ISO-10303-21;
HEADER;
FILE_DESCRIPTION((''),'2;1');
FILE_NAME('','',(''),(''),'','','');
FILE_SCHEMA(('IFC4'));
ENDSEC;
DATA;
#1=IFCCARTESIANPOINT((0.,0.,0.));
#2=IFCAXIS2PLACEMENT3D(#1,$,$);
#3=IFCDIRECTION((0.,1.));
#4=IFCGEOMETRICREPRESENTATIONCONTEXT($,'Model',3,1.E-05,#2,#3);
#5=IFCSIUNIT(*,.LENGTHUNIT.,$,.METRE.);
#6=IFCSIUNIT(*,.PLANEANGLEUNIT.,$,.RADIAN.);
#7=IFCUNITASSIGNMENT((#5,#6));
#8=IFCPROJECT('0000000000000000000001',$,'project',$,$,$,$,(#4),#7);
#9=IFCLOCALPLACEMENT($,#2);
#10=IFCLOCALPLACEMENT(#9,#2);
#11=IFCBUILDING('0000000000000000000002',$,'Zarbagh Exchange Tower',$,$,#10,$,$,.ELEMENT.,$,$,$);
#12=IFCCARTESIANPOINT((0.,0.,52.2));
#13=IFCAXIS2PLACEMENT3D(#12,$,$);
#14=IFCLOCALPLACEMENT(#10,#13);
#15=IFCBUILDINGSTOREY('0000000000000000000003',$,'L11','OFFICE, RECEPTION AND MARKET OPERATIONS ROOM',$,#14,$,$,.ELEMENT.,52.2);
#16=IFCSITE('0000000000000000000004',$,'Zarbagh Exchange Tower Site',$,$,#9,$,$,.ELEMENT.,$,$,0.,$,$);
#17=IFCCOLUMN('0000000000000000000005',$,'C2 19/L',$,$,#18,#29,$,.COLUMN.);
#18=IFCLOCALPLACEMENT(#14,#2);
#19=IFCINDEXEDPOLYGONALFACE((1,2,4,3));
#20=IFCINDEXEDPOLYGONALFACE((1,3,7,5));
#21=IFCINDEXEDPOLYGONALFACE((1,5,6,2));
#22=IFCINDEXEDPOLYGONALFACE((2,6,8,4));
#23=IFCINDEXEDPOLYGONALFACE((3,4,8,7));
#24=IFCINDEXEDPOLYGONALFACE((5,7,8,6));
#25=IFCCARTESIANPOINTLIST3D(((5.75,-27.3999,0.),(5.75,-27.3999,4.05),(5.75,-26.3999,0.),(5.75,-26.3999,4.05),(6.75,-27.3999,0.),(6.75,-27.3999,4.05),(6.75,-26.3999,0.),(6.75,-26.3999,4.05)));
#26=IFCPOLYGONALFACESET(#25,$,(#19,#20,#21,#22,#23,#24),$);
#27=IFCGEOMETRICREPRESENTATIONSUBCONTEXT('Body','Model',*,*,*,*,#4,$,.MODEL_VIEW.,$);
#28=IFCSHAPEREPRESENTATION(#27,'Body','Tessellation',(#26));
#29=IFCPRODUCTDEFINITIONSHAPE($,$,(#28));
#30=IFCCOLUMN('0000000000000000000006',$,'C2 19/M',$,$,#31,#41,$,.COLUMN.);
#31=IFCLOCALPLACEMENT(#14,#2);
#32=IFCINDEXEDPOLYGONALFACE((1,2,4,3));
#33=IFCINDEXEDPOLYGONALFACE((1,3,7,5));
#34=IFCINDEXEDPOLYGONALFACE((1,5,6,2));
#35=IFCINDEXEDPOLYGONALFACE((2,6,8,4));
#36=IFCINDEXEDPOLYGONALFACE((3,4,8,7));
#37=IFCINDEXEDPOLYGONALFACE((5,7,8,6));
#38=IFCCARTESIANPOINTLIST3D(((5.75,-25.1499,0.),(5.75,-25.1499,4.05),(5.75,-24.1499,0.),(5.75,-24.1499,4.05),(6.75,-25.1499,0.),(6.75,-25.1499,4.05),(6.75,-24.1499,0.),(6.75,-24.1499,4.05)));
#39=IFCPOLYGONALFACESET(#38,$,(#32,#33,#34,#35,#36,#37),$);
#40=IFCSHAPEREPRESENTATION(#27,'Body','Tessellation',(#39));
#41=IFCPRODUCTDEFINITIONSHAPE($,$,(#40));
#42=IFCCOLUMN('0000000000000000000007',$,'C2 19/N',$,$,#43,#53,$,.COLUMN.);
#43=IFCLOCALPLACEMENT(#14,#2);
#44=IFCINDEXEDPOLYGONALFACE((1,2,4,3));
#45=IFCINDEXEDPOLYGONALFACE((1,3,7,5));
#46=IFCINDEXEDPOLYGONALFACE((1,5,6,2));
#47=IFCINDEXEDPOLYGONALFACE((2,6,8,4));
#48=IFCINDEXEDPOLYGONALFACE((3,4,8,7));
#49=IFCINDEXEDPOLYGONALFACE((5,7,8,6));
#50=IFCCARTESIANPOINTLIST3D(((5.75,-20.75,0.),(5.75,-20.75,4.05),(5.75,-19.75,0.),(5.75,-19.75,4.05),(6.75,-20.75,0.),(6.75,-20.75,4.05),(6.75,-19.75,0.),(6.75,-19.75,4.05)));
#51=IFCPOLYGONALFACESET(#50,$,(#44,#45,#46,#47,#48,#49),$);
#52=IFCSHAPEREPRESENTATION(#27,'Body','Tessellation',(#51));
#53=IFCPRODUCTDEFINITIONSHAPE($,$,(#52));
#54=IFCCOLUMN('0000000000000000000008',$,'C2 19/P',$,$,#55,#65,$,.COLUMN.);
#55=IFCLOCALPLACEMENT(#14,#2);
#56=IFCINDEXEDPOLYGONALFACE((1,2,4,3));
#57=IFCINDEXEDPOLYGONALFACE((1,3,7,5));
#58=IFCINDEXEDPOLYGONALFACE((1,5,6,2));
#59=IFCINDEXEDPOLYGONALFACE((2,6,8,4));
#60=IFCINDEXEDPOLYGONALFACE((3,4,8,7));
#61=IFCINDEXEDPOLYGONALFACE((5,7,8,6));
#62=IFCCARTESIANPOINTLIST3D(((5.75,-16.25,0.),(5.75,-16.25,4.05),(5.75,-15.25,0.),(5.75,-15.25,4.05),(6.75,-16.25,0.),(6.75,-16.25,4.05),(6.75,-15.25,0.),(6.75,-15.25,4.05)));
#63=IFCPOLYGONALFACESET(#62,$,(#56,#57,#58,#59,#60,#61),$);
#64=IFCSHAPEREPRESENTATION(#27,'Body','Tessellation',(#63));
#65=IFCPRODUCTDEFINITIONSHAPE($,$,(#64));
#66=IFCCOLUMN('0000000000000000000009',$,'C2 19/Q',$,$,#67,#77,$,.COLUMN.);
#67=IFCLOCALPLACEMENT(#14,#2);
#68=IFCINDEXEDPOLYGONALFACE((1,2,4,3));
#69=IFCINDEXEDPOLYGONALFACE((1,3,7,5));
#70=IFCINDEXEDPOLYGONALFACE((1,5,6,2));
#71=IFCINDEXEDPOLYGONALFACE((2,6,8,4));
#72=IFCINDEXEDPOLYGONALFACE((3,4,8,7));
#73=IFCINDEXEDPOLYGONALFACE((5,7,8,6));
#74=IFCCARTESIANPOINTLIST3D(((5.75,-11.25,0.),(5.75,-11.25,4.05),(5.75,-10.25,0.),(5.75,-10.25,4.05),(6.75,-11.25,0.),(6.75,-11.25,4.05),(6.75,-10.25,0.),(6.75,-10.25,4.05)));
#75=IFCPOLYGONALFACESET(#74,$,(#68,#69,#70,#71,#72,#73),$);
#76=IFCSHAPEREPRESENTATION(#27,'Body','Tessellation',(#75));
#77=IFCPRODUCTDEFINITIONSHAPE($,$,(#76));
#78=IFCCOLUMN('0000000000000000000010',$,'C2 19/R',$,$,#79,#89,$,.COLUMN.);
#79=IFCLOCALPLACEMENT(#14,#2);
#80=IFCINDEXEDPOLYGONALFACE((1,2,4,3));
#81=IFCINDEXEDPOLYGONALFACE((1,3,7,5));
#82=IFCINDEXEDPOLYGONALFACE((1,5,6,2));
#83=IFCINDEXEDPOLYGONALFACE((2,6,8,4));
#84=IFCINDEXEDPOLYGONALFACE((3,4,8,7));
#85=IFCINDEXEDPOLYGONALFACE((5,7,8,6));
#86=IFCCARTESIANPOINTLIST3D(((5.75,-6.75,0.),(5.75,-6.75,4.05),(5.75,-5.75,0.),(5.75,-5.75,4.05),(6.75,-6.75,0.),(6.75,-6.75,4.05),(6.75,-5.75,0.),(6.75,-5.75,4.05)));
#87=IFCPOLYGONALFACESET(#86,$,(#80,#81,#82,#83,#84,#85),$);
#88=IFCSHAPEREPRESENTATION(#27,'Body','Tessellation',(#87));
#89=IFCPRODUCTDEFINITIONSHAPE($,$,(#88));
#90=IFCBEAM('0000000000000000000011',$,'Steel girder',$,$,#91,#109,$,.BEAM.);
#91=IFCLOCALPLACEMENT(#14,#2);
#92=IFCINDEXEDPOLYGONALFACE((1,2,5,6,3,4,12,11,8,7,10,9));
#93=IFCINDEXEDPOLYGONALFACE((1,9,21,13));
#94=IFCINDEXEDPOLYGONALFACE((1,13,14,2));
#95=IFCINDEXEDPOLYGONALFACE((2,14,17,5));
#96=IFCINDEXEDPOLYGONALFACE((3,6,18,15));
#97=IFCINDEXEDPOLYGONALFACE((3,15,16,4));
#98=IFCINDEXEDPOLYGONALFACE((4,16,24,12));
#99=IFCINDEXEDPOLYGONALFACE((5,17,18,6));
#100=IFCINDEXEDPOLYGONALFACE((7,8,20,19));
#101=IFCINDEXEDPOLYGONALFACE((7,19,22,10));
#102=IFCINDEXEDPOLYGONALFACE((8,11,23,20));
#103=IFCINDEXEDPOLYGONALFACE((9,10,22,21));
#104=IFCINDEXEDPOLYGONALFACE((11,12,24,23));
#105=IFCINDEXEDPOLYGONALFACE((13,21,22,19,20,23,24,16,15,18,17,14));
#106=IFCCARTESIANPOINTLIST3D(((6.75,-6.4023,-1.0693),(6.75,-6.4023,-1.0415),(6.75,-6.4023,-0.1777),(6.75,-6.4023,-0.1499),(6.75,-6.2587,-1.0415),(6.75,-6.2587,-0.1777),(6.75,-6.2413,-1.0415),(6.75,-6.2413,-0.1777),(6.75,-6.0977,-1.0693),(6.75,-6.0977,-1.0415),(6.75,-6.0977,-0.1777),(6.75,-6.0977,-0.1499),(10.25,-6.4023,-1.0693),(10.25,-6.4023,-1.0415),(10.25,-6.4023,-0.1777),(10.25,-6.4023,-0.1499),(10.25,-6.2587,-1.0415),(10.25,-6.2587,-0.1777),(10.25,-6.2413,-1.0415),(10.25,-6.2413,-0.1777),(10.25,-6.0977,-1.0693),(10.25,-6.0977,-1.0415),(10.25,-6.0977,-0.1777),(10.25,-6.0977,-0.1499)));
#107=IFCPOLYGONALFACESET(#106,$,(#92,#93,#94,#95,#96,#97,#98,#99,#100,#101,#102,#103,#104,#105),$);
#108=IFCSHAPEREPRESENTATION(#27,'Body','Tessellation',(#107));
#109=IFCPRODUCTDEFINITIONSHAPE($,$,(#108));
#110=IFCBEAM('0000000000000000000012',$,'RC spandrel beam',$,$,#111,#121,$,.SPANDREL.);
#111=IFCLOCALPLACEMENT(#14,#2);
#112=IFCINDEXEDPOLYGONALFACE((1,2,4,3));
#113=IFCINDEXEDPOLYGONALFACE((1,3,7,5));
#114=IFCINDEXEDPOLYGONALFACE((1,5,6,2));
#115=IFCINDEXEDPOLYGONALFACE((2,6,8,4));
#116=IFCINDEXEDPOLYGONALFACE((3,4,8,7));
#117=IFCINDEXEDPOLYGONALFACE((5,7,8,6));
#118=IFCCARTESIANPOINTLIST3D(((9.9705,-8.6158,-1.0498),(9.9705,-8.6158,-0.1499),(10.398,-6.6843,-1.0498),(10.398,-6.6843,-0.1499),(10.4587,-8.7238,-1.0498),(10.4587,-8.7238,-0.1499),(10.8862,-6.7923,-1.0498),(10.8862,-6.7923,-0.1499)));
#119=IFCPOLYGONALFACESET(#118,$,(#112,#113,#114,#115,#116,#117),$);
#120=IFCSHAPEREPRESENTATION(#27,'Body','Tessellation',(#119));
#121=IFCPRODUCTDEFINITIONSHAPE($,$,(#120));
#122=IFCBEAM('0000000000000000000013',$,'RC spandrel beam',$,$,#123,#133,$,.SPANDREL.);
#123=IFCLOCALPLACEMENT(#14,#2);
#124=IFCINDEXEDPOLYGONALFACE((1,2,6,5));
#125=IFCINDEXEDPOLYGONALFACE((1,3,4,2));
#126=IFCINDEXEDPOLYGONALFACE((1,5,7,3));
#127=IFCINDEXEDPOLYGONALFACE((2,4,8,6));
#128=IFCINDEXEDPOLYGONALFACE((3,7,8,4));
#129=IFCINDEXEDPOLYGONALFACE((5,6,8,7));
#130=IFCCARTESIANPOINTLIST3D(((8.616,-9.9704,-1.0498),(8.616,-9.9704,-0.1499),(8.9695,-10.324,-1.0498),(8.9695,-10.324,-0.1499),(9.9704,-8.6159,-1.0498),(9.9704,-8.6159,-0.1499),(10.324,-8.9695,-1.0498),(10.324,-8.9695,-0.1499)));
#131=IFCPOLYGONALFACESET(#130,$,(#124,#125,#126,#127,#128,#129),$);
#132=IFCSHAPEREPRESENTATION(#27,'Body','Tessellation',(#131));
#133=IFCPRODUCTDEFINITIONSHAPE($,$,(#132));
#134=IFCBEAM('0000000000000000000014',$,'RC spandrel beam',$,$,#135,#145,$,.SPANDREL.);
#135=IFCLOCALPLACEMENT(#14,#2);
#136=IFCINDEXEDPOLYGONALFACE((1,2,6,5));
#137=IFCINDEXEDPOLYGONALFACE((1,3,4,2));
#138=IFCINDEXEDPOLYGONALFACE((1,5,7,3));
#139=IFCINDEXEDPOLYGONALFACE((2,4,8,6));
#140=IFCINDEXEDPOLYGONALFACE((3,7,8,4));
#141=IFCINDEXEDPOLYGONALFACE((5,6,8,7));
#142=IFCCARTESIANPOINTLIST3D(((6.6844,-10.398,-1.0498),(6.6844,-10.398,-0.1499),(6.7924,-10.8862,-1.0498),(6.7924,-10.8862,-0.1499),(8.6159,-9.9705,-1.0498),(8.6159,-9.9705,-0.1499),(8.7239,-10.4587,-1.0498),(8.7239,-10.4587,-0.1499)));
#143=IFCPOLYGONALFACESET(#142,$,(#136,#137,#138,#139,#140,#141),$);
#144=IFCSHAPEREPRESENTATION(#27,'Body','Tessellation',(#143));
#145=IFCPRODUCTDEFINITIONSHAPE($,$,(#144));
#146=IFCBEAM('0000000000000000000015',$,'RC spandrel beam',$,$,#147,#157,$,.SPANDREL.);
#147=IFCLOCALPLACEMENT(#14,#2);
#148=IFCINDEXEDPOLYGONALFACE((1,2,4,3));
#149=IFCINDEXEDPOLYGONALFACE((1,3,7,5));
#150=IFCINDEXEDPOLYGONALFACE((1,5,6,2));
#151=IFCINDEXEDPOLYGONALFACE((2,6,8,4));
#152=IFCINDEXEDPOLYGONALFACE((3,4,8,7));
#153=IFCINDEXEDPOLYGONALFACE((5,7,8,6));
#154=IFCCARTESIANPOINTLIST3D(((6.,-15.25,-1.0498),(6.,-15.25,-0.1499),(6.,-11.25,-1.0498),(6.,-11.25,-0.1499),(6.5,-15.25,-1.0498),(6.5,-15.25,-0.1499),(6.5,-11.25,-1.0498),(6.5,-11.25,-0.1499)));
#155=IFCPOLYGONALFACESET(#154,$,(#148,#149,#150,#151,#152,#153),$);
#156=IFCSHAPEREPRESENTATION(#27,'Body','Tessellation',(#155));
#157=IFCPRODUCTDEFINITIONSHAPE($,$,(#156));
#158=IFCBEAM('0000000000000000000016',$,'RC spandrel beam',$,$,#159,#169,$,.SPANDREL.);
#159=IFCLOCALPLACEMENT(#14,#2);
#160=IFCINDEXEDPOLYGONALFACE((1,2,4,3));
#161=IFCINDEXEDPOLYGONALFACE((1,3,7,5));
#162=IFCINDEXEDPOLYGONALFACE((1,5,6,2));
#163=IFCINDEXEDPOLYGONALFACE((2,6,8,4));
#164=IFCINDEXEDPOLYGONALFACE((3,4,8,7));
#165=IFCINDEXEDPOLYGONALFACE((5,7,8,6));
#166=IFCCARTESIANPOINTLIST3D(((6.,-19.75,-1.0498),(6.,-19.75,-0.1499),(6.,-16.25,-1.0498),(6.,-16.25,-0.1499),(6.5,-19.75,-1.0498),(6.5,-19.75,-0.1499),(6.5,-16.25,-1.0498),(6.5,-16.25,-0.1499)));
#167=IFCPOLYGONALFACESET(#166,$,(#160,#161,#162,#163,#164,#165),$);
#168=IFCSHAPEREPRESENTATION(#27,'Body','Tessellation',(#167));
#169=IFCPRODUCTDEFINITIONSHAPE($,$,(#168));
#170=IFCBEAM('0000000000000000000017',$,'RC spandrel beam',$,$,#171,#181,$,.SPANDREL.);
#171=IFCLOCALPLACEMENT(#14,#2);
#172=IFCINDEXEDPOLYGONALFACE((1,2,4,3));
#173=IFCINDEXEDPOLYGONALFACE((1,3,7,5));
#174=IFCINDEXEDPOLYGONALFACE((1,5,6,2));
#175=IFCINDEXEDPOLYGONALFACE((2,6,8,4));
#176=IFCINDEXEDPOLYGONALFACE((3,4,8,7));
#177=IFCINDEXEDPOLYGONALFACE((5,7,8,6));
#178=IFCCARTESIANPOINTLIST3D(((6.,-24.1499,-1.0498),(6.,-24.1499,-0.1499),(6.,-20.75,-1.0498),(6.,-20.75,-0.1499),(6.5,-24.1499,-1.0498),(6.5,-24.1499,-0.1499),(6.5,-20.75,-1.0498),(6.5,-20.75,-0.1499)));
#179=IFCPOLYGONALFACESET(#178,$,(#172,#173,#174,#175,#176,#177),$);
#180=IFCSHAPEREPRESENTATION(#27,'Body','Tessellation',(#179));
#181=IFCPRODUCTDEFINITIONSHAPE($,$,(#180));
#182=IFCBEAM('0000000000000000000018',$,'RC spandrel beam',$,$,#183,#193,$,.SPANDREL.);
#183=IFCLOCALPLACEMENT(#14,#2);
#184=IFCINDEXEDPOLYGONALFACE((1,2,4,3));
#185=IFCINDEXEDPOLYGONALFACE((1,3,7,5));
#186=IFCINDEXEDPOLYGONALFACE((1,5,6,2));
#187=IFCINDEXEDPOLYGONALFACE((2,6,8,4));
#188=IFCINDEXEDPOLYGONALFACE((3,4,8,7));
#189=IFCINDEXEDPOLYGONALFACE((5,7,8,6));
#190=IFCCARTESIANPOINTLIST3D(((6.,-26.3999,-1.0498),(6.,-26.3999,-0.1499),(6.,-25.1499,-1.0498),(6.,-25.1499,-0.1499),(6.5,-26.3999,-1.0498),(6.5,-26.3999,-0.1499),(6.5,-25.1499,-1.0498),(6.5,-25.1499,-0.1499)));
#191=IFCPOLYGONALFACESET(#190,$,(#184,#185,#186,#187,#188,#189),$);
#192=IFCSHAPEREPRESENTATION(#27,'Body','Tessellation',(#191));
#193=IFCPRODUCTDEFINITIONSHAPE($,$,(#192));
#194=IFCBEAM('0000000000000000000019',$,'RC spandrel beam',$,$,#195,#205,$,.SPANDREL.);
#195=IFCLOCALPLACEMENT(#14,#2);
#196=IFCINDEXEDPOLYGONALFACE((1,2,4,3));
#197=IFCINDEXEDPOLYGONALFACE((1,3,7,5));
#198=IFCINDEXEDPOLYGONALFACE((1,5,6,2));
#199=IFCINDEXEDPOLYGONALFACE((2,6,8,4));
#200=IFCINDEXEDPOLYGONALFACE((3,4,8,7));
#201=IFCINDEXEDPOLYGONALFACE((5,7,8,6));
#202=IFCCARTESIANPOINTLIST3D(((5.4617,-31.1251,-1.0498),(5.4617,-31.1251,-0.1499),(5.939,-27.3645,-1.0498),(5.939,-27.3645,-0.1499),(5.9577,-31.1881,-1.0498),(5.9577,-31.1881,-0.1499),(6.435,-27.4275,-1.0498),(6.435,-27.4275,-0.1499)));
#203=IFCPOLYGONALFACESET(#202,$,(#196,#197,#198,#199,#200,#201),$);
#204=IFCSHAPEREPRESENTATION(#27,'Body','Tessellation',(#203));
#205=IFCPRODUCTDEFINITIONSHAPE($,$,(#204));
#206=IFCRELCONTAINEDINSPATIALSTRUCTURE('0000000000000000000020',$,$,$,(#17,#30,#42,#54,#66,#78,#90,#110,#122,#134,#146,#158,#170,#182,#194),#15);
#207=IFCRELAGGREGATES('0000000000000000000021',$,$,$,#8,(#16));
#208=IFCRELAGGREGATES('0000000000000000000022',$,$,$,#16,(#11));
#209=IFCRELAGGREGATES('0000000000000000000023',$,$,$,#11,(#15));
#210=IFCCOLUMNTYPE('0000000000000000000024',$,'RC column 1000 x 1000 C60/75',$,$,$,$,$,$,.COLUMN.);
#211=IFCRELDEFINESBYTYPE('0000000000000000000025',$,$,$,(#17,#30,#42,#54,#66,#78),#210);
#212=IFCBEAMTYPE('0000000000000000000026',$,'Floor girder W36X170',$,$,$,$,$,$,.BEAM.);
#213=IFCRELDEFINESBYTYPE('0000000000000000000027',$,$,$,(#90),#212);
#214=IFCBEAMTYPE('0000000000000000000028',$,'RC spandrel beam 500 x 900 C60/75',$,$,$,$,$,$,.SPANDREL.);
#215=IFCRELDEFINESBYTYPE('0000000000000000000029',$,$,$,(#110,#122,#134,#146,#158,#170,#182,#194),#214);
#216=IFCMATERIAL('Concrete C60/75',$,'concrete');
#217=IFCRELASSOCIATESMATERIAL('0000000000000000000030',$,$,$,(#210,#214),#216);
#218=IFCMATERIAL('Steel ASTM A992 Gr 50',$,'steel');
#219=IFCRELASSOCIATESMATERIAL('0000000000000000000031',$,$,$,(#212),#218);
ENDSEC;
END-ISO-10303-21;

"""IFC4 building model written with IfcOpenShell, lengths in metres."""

from ifc_helpers import new_model, si_unit, direction, frame, origin, origin_2d, place, context, subcontext, project, spatial, rectangle, i_section, extrude, material, material_profile, profile_set, type_object, element, save


model = new_model("IFC4")

# Units and contexts
model_context = context("Model", 3, precision=1e-05, world=origin(), true_north=direction((0.0, 1.0)))
body_context = subcontext(model_context, "Body", "Model", "MODEL_VIEW")
ifc_project = project(units=[si_unit("LENGTHUNIT", "METRE"), si_unit("PLANEANGLEUNIT", "RADIAN")], contexts=[model_context])

# Site, building, storey
site_placement = place(None, origin())
site = spatial("IfcSite", under=ifc_project, at=site_placement, Name="Zarbagh Exchange Tower Site", CompositionType="ELEMENT", RefElevation=0.0)
building_placement = place(site_placement, origin())
building = spatial("IfcBuilding", under=site, at=building_placement, Name="Zarbagh Exchange Tower", CompositionType="ELEMENT")
storey_placement = place(building_placement, frame((0.0, 0.0, 52.2)))
storey = spatial("IfcBuildingStorey", under=building, at=storey_placement, Name="L11", Description="OFFICE, RECEPTION AND MARKET OPERATIONS ROOM", CompositionType="ELEMENT", Elevation=52.2)

# Columns
ifc_material_1 = material(Name="Concrete C60/75", Category="concrete")
ifc_material_profile_1 = material_profile(ifc_material_1, rectangle(XDim=1.0, YDim=1.0, at=origin_2d()), Name="RC column 1000 x 1000 C60/75")
ifc_profile_set_1 = profile_set([ifc_material_profile_1], Name="Concrete C60/75")
column_type = type_object("IfcColumnType", Name="RC column 1000 x 1000 C60/75", PredefinedType="COLUMN", material=ifc_profile_set_1)
for number, where, z_axis, x_axis, name in (
    (1, (6.25, -26.8999, 0.0), (0.0, 0.0, 1.0), (1.0, 0.0, 0.0), "C2 19/L"),
    (2, (6.25, -24.6499, 0.0), (0.0, 0.0, 1.0), (1.0, 0.0, 0.0), "C2 19/M"),
    (3, (6.25, -20.25, 0.0), (0.0, 0.0, 1.0), (1.0, 0.0, 0.0), "C2 19/N"),
    (4, (6.25, -15.75, 0.0), (0.0, 0.0, 1.0), (1.0, 0.0, 0.0), "C2 19/P"),
    (5, (6.25, -10.75, 0.0), (0.0, 0.0, 1.0), (1.0, 0.0, 0.0), "C2 19/Q"),
    (6, (6.25, -6.25, 0.0), (0.0, 0.0, 1.0), (1.0, 0.0, 0.0), "C2 19/R"),
):
    element("IfcColumn", number, at=place(storey_placement, frame(where, z_axis=z_axis, x_axis=x_axis)), inside=storey, type_object=column_type, Name=name, PredefinedType="COLUMN", context=body_context, shape_type="SweptSolid", body=[
        extrude(rectangle(XDim=1.0, YDim=1.0, at=origin_2d()), origin(), (0.0, 0.0, 1.0), 4.05),
    ])

# Beams
ifc_material_2 = material(Name="Steel ASTM A992 Gr 50", Category="steel")
ifc_material_profile_2 = material_profile(ifc_material_2, i_section(OverallWidth=0.3047, OverallDepth=0.9194, WebThickness=0.0173, FlangeThickness=0.0278, at=origin_2d()), Name="W36X170")
ifc_profile_set_2 = profile_set([ifc_material_profile_2], Name="Steel ASTM A992 Gr 50")
beam_type_1 = type_object("IfcBeamType", Name="Floor girder W36X170", PredefinedType="BEAM", material=ifc_profile_set_2)
beam_1_placement = place(storey_placement, frame((6.75, -6.25, -0.6096), z_axis=(1.0, 0.0, 0.0), x_axis=(0.0, 1.0, 0.0)))
element("IfcBeam", 7, at=beam_1_placement, inside=storey, type_object=beam_type_1, Name="Steel girder", PredefinedType="BEAM", context=body_context, shape_type="SweptSolid", body=[
    extrude(i_section(OverallWidth=0.3047, OverallDepth=0.9194, WebThickness=0.0173, FlangeThickness=0.0278, at=origin_2d()), origin(), (0.0, 0.0, 1.0), 3.5),
])
ifc_material_profile_3 = material_profile(ifc_material_1, rectangle(XDim=0.5, YDim=0.8999, at=origin_2d()), Name="RC spandrel beam 500 x 900 C60/75")
ifc_profile_set_3 = profile_set([ifc_material_profile_3], Name="Concrete C60/75")
beam_type_2 = type_object("IfcBeamType", Name="RC spandrel beam 500 x 900 C60/75", PredefinedType="SPANDREL", material=ifc_profile_set_3)
beam_2_placement = place(storey_placement, frame((10.6421, -6.7383, -0.5999), z_axis=(-0.216081, -0.976375, 0.0), x_axis=(0.976375, -0.216081, 0.0)))
element("IfcBeam", 8, at=beam_2_placement, inside=storey, type_object=beam_type_2, Name="RC spandrel beam", PredefinedType="SPANDREL", context=body_context, shape_type="SweptSolid", body=[
    extrude(rectangle(XDim=0.5, YDim=0.8999, at=origin_2d()), origin(), (0.0, 0.0, 1.0), 1.9783),
])
beam_3_placement = place(storey_placement, frame((10.1472, -8.7927, -0.5999), z_axis=(-0.707107, -0.707107, 0.0), x_axis=(0.707107, -0.707107, 0.0)))
element("IfcBeam", 9, at=beam_3_placement, inside=storey, type_object=beam_type_2, Name="RC spandrel beam", PredefinedType="SPANDREL", context=body_context, shape_type="SweptSolid", body=[
    extrude(rectangle(XDim=0.5, YDim=0.8999, at=origin_2d()), origin(), (0.0, 0.0, 1.0), 1.9155),
])
beam_4_placement = place(storey_placement, frame((8.6699, -10.2146, -0.5999), z_axis=(-0.976375, -0.216081, 0.0), x_axis=(0.216081, -0.976375, 0.0)))
element("IfcBeam", 10, at=beam_4_placement, inside=storey, type_object=beam_type_2, Name="RC spandrel beam", PredefinedType="SPANDREL", context=body_context, shape_type="SweptSolid", body=[
    extrude(rectangle(XDim=0.5, YDim=0.8999, at=origin_2d()), origin(), (0.0, 0.0, 1.0), 1.9783),
])
beam_5_placement = place(storey_placement, frame((6.25, -11.25, -0.5999), z_axis=(0.0, -1.0, 0.0), x_axis=(1.0, 0.0, 0.0)))
element("IfcBeam", 11, at=beam_5_placement, inside=storey, type_object=beam_type_2, Name="RC spandrel beam", PredefinedType="SPANDREL", context=body_context, shape_type="SweptSolid", body=[
    extrude(rectangle(XDim=0.5, YDim=0.8999, at=origin_2d()), origin(), (0.0, 0.0, 1.0), 4.0),
])
beam_6_placement = place(storey_placement, frame((6.25, -16.25, -0.5999), z_axis=(0.0, -1.0, 0.0), x_axis=(1.0, 0.0, 0.0)))
element("IfcBeam", 12, at=beam_6_placement, inside=storey, type_object=beam_type_2, Name="RC spandrel beam", PredefinedType="SPANDREL", context=body_context, shape_type="SweptSolid", body=[
    extrude(rectangle(XDim=0.5, YDim=0.8999, at=origin_2d()), origin(), (0.0, 0.0, 1.0), 3.5),
])
beam_7_placement = place(storey_placement, frame((6.25, -20.75, -0.5999), z_axis=(0.0, -1.0, 0.0), x_axis=(1.0, 0.0, 0.0)))
element("IfcBeam", 13, at=beam_7_placement, inside=storey, type_object=beam_type_2, Name="RC spandrel beam", PredefinedType="SPANDREL", context=body_context, shape_type="SweptSolid", body=[
    extrude(rectangle(XDim=0.5, YDim=0.8999, at=origin_2d()), origin(), (0.0, 0.0, 1.0), 3.3999),
])
beam_8_placement = place(storey_placement, frame((6.25, -25.1499, -0.5999), z_axis=(0.0, -1.0, 0.0), x_axis=(1.0, 0.0, 0.0)))
element("IfcBeam", 14, at=beam_8_placement, inside=storey, type_object=beam_type_2, Name="RC spandrel beam", PredefinedType="SPANDREL", context=body_context, shape_type="SweptSolid", body=[
    extrude(rectangle(XDim=0.5, YDim=0.8999, at=origin_2d()), origin(), (0.0, 0.0, 1.0), 1.25),
])
beam_9_placement = place(storey_placement, frame((6.187, -27.396, -0.5999), z_axis=(-0.125913, -0.992041, 0.0), x_axis=(0.992041, -0.125913, 0.0)))
element("IfcBeam", 15, at=beam_9_placement, inside=storey, type_object=beam_type_2, Name="RC spandrel beam", PredefinedType="SPANDREL", context=body_context, shape_type="SweptSolid", body=[
    extrude(rectangle(XDim=0.5, YDim=0.8999, at=origin_2d()), origin(), (0.0, 0.0, 1.0), 3.7908),
])

save(model, "model.ifc")
